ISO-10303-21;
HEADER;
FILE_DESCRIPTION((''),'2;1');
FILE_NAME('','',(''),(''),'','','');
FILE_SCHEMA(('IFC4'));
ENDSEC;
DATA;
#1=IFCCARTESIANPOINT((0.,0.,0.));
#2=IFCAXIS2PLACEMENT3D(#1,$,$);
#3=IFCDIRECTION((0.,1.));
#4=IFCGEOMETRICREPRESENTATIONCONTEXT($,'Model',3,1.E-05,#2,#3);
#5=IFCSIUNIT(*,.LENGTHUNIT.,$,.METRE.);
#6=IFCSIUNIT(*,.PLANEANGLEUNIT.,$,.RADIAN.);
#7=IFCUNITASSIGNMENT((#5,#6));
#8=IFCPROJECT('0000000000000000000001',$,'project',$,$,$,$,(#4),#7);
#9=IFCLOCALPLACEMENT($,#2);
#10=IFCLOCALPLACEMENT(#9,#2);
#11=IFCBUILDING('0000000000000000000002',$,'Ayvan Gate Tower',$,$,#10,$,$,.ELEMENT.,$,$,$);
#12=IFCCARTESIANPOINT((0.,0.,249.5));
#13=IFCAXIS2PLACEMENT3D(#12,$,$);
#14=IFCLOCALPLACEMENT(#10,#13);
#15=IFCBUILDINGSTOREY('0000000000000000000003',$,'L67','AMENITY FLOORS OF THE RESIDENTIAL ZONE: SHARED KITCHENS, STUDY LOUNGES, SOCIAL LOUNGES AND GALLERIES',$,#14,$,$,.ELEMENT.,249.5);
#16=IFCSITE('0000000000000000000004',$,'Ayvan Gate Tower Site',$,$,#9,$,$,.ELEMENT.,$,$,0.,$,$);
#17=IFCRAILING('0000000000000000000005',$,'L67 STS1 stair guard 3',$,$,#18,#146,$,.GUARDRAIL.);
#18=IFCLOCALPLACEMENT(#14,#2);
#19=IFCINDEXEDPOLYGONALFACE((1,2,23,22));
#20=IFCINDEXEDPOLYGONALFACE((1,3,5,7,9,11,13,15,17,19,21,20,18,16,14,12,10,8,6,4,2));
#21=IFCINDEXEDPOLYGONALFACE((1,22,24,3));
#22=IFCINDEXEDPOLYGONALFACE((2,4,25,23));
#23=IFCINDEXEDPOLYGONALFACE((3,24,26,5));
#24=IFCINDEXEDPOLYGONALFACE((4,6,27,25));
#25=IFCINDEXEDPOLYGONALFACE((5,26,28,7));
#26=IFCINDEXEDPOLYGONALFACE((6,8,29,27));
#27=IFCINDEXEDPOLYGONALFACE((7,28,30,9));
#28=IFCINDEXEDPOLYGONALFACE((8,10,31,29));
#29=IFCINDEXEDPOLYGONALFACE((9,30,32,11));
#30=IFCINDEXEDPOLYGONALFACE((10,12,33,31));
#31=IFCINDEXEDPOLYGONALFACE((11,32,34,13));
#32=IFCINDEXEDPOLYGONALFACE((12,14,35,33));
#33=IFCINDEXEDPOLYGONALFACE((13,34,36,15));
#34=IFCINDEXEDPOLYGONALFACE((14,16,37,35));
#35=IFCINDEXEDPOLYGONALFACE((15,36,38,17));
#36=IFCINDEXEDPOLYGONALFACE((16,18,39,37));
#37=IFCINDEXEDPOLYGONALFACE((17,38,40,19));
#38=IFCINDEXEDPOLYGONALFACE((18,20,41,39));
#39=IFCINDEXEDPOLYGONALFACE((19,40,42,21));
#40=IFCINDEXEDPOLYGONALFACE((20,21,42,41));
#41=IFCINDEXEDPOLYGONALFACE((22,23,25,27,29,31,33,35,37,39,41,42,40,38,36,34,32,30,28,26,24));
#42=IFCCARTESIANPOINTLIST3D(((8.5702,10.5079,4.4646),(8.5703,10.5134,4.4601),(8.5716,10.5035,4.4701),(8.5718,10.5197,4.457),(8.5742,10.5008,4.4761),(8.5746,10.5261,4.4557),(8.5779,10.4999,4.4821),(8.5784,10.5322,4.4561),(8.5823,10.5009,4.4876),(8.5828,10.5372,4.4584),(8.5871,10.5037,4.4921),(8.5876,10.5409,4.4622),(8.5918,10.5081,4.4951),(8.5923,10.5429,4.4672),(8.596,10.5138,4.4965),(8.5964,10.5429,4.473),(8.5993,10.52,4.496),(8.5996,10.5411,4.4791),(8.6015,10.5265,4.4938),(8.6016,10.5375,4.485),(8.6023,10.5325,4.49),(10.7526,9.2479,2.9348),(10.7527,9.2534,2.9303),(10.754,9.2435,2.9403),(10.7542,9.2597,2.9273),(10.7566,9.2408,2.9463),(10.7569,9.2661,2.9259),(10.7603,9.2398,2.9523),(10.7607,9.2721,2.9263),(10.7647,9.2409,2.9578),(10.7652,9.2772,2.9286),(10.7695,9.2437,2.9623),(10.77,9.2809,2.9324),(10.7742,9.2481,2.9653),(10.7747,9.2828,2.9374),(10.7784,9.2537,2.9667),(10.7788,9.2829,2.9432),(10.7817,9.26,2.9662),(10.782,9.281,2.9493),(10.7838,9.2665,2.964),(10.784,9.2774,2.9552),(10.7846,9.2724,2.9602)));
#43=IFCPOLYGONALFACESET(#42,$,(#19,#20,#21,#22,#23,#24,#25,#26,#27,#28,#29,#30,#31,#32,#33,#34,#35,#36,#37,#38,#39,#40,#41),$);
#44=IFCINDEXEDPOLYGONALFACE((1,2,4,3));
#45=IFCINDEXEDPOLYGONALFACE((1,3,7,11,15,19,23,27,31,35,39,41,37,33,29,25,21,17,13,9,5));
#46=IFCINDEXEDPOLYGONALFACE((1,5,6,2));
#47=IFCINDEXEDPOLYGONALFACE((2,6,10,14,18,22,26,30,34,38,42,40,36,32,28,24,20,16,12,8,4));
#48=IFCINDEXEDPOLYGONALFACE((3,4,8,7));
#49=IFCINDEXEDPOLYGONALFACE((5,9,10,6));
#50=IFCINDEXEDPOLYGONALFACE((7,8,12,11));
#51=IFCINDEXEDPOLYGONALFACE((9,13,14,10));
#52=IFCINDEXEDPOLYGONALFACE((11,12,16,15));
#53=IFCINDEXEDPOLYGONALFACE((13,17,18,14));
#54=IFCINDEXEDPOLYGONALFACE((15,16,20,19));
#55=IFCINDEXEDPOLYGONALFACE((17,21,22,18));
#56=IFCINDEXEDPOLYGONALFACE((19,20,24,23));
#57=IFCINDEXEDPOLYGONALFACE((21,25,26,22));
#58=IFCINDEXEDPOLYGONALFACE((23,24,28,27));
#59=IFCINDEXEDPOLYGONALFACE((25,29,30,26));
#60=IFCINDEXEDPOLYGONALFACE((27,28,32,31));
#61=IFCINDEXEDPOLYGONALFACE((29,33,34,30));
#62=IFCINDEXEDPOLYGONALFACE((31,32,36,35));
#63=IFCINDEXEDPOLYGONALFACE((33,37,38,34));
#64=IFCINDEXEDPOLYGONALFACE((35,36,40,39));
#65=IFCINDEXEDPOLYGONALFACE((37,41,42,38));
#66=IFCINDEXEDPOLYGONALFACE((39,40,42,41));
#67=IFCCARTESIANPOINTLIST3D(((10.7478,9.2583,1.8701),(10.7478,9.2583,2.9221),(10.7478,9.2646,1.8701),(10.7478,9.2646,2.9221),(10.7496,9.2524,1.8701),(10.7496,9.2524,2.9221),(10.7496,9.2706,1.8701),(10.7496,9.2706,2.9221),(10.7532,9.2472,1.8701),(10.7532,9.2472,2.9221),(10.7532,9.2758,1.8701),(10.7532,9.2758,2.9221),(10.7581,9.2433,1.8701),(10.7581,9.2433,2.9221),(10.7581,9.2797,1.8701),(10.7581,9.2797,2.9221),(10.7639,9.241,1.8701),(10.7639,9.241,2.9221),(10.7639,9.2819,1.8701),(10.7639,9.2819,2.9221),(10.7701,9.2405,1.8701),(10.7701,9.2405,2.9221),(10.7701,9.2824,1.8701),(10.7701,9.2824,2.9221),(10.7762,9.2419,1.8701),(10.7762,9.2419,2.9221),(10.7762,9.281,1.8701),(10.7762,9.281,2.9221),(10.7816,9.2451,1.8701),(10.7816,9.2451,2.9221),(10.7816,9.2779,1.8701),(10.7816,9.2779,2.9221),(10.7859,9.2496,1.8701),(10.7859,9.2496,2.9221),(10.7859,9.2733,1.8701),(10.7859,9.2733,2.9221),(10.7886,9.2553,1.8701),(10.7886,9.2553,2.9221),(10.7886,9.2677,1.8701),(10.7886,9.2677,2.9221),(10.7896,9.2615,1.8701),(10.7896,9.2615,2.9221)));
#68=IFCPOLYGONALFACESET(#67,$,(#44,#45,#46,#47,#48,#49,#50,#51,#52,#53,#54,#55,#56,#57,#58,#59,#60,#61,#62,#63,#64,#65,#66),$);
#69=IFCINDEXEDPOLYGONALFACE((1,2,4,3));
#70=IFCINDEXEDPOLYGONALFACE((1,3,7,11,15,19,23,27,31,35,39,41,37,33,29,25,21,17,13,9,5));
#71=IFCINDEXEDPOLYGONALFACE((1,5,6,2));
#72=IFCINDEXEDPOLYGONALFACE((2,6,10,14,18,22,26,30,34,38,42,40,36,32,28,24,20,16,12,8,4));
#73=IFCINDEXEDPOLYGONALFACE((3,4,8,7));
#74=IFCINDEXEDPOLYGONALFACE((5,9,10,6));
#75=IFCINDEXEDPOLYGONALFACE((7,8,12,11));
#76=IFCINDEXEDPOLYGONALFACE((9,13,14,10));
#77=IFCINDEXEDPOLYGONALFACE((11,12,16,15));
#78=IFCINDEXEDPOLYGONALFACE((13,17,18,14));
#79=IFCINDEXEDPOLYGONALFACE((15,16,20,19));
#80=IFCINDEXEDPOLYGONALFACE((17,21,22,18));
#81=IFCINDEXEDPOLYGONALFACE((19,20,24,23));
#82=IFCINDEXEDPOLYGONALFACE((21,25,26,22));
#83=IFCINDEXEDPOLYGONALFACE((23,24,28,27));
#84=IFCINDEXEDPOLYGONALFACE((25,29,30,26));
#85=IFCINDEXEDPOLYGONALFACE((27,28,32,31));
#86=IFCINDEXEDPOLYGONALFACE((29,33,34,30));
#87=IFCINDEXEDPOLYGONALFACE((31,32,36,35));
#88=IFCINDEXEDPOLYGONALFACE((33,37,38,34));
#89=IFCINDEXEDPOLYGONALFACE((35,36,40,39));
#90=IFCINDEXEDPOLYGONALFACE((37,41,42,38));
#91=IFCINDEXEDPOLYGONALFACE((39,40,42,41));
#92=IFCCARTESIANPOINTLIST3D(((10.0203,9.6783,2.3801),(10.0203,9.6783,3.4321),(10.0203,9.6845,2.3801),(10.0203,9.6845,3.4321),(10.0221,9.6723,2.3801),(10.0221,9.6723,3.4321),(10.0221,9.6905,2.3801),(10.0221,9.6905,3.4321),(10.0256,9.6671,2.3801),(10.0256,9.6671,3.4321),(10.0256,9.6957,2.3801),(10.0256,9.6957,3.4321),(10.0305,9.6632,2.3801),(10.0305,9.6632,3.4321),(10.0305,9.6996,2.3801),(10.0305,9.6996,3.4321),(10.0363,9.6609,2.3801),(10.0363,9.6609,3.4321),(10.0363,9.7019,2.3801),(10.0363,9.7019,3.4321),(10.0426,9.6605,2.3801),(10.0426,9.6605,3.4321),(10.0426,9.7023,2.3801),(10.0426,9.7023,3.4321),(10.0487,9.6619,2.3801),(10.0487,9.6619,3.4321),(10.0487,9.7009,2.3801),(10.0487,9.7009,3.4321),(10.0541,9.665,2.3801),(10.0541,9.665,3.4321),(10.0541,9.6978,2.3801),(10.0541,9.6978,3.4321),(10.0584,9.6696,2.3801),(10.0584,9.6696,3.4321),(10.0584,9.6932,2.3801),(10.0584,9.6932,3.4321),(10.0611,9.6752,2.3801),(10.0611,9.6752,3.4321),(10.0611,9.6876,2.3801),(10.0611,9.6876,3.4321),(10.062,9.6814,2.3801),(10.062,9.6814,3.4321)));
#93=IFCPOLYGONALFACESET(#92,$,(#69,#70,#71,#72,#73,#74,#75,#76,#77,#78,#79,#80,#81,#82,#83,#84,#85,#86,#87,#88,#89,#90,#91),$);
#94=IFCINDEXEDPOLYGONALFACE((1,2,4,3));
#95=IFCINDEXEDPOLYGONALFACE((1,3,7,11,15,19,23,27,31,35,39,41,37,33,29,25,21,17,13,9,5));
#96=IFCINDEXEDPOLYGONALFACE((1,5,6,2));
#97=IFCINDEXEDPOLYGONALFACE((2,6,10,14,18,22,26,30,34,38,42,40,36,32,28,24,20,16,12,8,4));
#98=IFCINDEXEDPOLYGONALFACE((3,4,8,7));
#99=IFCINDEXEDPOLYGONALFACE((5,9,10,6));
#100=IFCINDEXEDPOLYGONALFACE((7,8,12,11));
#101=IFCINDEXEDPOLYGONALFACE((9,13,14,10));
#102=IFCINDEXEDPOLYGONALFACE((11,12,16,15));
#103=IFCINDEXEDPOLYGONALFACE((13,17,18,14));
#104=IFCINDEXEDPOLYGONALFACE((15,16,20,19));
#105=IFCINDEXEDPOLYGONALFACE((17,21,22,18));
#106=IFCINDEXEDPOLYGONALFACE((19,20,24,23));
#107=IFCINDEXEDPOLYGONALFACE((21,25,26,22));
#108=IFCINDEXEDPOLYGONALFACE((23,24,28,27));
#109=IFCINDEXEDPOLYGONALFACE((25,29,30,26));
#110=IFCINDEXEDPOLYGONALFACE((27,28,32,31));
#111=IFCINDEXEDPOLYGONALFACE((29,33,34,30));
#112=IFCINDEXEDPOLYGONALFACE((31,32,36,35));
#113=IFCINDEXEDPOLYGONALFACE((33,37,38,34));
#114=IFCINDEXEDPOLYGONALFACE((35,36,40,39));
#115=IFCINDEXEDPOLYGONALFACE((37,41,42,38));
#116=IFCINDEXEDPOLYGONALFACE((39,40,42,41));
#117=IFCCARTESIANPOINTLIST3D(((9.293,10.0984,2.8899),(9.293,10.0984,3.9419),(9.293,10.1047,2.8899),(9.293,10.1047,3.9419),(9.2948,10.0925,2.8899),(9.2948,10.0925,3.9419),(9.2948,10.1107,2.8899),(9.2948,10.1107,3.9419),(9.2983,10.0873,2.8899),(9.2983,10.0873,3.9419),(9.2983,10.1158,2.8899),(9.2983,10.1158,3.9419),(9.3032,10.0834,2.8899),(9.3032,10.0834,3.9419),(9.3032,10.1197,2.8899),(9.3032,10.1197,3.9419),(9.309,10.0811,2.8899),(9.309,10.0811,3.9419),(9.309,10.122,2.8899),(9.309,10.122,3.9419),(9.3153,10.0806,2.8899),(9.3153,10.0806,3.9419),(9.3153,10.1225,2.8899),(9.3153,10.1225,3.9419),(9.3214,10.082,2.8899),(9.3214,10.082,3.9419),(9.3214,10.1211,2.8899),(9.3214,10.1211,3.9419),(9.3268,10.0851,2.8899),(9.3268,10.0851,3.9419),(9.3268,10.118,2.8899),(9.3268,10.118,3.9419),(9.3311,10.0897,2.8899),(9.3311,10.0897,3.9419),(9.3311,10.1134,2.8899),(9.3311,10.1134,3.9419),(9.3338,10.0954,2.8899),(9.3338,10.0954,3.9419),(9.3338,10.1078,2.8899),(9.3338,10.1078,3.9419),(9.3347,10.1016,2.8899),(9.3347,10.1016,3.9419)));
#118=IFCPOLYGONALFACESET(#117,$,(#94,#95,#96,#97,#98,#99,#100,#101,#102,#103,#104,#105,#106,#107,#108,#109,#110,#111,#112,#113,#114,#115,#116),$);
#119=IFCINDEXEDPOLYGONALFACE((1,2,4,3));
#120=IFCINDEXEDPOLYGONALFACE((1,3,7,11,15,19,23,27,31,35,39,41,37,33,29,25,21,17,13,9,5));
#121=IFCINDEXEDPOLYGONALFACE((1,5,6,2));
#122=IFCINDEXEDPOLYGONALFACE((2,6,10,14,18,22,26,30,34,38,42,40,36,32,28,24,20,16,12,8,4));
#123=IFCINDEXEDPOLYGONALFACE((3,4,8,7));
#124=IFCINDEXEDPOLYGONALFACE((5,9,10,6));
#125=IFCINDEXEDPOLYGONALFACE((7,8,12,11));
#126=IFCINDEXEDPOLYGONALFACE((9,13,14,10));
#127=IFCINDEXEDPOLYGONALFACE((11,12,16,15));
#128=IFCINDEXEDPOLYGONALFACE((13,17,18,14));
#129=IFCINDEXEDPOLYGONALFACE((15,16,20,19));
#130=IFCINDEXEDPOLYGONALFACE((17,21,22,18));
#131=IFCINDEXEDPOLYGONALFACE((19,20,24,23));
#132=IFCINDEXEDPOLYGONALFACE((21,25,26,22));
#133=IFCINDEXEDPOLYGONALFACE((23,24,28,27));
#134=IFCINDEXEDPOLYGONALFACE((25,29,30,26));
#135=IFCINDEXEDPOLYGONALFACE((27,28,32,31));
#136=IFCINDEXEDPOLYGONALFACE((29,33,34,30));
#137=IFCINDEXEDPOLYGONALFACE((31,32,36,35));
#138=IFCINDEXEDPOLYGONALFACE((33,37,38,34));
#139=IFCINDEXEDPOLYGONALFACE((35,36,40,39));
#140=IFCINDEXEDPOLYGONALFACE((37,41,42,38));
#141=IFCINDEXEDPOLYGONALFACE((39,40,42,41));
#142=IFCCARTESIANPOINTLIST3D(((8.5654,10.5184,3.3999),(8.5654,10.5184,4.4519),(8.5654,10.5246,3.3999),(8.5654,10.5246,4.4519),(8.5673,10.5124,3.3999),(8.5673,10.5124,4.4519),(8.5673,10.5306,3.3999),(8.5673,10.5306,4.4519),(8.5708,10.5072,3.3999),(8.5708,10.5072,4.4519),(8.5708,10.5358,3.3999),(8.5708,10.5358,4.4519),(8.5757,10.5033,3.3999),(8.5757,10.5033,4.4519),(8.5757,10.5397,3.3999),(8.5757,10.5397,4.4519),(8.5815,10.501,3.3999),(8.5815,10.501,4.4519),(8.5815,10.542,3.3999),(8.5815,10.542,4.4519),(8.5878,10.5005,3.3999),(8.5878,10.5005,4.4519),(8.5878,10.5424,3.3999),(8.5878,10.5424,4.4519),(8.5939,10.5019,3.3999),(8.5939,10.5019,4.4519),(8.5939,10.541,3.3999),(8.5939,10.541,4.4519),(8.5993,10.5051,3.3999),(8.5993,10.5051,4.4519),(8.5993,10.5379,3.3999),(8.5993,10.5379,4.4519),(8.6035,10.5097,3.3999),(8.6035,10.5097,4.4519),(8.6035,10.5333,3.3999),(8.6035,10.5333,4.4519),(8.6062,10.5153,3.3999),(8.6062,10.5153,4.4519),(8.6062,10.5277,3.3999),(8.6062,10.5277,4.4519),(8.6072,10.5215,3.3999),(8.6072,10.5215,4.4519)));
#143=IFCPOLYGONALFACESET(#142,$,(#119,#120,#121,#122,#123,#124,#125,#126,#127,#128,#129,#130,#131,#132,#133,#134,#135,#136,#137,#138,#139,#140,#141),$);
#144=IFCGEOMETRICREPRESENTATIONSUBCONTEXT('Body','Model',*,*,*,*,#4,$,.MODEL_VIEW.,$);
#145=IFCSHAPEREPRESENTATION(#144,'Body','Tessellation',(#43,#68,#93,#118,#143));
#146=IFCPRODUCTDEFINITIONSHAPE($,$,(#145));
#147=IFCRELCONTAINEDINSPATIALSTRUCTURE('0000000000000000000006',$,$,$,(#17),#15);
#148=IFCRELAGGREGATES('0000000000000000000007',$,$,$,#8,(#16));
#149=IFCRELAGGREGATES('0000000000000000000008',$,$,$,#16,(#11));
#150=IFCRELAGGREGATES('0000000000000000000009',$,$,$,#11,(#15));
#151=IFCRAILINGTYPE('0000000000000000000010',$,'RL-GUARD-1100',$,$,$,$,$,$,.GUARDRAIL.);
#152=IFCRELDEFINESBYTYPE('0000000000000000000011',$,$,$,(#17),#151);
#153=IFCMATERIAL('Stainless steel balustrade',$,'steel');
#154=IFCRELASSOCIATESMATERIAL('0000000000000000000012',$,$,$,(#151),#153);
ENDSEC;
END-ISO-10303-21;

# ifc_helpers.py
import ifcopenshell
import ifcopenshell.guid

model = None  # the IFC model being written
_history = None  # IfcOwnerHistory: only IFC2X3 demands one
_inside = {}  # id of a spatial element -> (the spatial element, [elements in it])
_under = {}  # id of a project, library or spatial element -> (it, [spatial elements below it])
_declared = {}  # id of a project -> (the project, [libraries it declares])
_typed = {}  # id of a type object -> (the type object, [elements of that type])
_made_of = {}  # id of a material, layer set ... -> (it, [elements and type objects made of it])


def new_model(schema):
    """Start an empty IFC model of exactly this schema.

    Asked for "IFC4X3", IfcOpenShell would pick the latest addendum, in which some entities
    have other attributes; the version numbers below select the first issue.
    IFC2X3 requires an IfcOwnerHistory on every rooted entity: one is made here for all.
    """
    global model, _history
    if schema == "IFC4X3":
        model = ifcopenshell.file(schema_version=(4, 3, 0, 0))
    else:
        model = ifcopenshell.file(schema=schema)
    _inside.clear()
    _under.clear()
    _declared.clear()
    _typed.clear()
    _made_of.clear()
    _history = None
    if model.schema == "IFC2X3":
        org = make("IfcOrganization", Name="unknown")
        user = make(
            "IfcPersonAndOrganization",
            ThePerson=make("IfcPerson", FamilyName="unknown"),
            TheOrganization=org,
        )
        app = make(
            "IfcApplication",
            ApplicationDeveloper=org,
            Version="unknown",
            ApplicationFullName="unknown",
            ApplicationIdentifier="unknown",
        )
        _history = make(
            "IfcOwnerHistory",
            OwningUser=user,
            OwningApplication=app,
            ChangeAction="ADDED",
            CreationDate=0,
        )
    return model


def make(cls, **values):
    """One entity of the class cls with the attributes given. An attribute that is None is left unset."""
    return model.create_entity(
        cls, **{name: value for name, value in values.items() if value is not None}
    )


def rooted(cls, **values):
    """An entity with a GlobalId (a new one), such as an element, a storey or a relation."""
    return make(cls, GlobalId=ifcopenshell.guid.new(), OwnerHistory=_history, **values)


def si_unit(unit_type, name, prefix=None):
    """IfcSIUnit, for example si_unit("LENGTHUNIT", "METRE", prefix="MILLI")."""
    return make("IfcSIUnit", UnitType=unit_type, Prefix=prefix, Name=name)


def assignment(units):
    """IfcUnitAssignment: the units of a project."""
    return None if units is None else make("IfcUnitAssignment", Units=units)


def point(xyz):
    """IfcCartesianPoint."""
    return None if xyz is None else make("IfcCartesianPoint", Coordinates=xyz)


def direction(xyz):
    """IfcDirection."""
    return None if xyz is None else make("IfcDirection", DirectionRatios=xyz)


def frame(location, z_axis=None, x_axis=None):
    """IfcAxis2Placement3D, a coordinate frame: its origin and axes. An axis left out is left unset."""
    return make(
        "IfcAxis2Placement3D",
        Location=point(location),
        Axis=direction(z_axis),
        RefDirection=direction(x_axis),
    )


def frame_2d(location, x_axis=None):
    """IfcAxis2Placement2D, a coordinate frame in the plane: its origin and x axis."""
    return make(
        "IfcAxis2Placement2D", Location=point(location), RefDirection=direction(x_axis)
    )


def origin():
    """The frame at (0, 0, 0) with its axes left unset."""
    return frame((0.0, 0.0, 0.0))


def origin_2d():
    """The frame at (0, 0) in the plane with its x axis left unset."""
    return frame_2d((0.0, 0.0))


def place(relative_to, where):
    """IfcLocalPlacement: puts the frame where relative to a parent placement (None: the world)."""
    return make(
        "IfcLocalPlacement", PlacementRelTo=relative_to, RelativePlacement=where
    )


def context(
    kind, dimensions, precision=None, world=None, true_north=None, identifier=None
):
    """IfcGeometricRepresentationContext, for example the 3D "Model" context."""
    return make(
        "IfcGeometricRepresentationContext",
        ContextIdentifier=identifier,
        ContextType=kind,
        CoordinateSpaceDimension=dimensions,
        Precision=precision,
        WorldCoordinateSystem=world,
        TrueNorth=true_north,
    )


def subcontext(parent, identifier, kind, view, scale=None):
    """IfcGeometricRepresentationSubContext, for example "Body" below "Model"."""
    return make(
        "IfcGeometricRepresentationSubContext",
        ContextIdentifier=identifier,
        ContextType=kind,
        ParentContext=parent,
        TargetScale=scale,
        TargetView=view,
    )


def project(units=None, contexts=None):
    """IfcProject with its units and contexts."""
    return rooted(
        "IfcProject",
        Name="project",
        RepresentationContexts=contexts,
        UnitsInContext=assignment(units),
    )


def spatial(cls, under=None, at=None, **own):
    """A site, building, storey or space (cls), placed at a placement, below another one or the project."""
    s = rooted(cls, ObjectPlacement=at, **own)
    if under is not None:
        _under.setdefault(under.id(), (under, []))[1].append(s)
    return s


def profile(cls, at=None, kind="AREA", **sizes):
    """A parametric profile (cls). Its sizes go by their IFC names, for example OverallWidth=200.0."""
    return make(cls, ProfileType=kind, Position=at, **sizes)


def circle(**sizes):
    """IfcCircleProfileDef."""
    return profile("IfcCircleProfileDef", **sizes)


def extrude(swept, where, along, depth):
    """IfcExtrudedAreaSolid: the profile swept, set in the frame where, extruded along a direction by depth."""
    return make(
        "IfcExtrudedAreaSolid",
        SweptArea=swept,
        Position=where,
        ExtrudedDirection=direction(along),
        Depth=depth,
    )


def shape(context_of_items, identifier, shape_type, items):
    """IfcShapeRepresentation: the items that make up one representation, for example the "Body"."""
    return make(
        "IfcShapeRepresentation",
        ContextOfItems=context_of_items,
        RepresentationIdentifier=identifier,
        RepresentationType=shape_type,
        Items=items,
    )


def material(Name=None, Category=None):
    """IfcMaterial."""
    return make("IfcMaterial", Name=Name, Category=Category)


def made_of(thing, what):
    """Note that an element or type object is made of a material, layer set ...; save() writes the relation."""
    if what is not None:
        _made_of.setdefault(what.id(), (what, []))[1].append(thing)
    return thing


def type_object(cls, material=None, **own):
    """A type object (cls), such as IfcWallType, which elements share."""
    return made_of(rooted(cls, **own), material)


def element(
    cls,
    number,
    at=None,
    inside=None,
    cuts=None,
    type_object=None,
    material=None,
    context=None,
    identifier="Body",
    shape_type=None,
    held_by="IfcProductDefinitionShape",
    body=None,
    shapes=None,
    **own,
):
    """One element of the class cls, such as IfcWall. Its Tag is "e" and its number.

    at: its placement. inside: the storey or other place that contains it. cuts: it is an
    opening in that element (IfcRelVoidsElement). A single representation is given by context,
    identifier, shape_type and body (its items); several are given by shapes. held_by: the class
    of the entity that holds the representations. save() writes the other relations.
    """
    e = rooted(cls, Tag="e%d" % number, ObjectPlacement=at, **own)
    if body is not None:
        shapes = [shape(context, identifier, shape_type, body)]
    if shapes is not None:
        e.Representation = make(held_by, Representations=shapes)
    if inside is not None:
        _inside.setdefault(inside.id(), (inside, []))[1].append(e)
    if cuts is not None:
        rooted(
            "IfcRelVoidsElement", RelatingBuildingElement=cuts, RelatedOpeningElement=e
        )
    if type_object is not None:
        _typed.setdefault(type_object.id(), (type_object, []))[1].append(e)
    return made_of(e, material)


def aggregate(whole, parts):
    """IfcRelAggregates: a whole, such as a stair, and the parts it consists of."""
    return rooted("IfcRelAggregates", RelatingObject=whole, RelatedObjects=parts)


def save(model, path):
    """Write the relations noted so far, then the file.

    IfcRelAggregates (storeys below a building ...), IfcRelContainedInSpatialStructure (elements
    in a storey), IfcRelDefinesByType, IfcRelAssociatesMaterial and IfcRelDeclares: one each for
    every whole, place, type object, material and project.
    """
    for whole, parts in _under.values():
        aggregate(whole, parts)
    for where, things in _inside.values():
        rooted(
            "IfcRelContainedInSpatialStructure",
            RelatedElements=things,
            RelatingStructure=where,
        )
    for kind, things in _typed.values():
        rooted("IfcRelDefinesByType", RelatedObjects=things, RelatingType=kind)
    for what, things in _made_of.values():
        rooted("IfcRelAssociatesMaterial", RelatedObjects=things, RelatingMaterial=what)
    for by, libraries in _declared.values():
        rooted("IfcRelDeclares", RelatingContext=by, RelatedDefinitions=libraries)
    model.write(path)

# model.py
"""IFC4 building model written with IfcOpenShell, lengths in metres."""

from ifc_helpers import new_model, si_unit, direction, frame, origin, origin_2d, place, context, subcontext, project, spatial, circle, extrude, material, type_object, element, save


model = new_model("IFC4")

# Units and contexts
model_context = context("Model", 3, precision=1e-05, world=origin(), true_north=direction((0.0, 1.0)))
body_context = subcontext(model_context, "Body", "Model", "MODEL_VIEW")
ifc_project = project(units=[si_unit("LENGTHUNIT", "METRE"), si_unit("PLANEANGLEUNIT", "RADIAN")], contexts=[model_context])

# Site, building, storey
site_placement = place(None, origin())
site = spatial("IfcSite", under=ifc_project, at=site_placement, Name="Ayvan Gate Tower Site", CompositionType="ELEMENT", RefElevation=0.0)
building_placement = place(site_placement, origin())
building = spatial("IfcBuilding", under=site, at=building_placement, Name="Ayvan Gate Tower", CompositionType="ELEMENT")
storey_placement = place(building_placement, frame((0.0, 0.0, 249.5)))
storey = spatial("IfcBuildingStorey", under=building, at=storey_placement, Name="L67", Description="AMENITY FLOORS OF THE RESIDENTIAL ZONE: SHARED KITCHENS, STUDY LOUNGES, SOCIAL LOUNGES AND GALLERIES", CompositionType="ELEMENT", Elevation=249.5)

# Railing
ifc_material_1 = material(Name="Stainless steel balustrade", Category="steel")
railing_type_1 = type_object("IfcRailingType", Name="RL-GUARD-1100", PredefinedType="GUARDRAIL", material=ifc_material_1)
railing_1_placement = place(storey_placement, frame((10.7686, 9.2615, 1.8701)))
element("IfcRailing", 1, at=railing_1_placement, inside=storey, type_object=railing_type_1, Name="L67 STS1 stair guard 3", PredefinedType="GUARDRAIL", context=body_context, shape_type="SweptSolid", body=[
    extrude(circle(Radius=0.0239, at=origin_2d()), frame((0.0, 0.0, 1.0762), z_axis=(-0.740293, 0.427414, 0.518926), x_axis=(-0.500005, -0.866023, 0.0)), (0.0, 0.0, 1.0), 2.948),
    extrude(circle(Radius=0.021, at=origin_2d()), origin(), (0.0, 0.0, 1.0), 1.052),
    extrude(circle(Radius=0.021, at=origin_2d()), frame((-0.7275, 0.4199, 0.51)), (0.0, 0.0, 1.0), 1.052),
    extrude(circle(Radius=0.021, at=origin_2d()), frame((-1.4548, 0.8401, 1.0198)), (0.0, 0.0, 1.0), 1.052),
    extrude(circle(Radius=0.021, at=origin_2d()), frame((-2.1824, 1.26, 1.5298)), (0.0, 0.0, 1.0), 1.052),
])

save(model, "model.ifc")
